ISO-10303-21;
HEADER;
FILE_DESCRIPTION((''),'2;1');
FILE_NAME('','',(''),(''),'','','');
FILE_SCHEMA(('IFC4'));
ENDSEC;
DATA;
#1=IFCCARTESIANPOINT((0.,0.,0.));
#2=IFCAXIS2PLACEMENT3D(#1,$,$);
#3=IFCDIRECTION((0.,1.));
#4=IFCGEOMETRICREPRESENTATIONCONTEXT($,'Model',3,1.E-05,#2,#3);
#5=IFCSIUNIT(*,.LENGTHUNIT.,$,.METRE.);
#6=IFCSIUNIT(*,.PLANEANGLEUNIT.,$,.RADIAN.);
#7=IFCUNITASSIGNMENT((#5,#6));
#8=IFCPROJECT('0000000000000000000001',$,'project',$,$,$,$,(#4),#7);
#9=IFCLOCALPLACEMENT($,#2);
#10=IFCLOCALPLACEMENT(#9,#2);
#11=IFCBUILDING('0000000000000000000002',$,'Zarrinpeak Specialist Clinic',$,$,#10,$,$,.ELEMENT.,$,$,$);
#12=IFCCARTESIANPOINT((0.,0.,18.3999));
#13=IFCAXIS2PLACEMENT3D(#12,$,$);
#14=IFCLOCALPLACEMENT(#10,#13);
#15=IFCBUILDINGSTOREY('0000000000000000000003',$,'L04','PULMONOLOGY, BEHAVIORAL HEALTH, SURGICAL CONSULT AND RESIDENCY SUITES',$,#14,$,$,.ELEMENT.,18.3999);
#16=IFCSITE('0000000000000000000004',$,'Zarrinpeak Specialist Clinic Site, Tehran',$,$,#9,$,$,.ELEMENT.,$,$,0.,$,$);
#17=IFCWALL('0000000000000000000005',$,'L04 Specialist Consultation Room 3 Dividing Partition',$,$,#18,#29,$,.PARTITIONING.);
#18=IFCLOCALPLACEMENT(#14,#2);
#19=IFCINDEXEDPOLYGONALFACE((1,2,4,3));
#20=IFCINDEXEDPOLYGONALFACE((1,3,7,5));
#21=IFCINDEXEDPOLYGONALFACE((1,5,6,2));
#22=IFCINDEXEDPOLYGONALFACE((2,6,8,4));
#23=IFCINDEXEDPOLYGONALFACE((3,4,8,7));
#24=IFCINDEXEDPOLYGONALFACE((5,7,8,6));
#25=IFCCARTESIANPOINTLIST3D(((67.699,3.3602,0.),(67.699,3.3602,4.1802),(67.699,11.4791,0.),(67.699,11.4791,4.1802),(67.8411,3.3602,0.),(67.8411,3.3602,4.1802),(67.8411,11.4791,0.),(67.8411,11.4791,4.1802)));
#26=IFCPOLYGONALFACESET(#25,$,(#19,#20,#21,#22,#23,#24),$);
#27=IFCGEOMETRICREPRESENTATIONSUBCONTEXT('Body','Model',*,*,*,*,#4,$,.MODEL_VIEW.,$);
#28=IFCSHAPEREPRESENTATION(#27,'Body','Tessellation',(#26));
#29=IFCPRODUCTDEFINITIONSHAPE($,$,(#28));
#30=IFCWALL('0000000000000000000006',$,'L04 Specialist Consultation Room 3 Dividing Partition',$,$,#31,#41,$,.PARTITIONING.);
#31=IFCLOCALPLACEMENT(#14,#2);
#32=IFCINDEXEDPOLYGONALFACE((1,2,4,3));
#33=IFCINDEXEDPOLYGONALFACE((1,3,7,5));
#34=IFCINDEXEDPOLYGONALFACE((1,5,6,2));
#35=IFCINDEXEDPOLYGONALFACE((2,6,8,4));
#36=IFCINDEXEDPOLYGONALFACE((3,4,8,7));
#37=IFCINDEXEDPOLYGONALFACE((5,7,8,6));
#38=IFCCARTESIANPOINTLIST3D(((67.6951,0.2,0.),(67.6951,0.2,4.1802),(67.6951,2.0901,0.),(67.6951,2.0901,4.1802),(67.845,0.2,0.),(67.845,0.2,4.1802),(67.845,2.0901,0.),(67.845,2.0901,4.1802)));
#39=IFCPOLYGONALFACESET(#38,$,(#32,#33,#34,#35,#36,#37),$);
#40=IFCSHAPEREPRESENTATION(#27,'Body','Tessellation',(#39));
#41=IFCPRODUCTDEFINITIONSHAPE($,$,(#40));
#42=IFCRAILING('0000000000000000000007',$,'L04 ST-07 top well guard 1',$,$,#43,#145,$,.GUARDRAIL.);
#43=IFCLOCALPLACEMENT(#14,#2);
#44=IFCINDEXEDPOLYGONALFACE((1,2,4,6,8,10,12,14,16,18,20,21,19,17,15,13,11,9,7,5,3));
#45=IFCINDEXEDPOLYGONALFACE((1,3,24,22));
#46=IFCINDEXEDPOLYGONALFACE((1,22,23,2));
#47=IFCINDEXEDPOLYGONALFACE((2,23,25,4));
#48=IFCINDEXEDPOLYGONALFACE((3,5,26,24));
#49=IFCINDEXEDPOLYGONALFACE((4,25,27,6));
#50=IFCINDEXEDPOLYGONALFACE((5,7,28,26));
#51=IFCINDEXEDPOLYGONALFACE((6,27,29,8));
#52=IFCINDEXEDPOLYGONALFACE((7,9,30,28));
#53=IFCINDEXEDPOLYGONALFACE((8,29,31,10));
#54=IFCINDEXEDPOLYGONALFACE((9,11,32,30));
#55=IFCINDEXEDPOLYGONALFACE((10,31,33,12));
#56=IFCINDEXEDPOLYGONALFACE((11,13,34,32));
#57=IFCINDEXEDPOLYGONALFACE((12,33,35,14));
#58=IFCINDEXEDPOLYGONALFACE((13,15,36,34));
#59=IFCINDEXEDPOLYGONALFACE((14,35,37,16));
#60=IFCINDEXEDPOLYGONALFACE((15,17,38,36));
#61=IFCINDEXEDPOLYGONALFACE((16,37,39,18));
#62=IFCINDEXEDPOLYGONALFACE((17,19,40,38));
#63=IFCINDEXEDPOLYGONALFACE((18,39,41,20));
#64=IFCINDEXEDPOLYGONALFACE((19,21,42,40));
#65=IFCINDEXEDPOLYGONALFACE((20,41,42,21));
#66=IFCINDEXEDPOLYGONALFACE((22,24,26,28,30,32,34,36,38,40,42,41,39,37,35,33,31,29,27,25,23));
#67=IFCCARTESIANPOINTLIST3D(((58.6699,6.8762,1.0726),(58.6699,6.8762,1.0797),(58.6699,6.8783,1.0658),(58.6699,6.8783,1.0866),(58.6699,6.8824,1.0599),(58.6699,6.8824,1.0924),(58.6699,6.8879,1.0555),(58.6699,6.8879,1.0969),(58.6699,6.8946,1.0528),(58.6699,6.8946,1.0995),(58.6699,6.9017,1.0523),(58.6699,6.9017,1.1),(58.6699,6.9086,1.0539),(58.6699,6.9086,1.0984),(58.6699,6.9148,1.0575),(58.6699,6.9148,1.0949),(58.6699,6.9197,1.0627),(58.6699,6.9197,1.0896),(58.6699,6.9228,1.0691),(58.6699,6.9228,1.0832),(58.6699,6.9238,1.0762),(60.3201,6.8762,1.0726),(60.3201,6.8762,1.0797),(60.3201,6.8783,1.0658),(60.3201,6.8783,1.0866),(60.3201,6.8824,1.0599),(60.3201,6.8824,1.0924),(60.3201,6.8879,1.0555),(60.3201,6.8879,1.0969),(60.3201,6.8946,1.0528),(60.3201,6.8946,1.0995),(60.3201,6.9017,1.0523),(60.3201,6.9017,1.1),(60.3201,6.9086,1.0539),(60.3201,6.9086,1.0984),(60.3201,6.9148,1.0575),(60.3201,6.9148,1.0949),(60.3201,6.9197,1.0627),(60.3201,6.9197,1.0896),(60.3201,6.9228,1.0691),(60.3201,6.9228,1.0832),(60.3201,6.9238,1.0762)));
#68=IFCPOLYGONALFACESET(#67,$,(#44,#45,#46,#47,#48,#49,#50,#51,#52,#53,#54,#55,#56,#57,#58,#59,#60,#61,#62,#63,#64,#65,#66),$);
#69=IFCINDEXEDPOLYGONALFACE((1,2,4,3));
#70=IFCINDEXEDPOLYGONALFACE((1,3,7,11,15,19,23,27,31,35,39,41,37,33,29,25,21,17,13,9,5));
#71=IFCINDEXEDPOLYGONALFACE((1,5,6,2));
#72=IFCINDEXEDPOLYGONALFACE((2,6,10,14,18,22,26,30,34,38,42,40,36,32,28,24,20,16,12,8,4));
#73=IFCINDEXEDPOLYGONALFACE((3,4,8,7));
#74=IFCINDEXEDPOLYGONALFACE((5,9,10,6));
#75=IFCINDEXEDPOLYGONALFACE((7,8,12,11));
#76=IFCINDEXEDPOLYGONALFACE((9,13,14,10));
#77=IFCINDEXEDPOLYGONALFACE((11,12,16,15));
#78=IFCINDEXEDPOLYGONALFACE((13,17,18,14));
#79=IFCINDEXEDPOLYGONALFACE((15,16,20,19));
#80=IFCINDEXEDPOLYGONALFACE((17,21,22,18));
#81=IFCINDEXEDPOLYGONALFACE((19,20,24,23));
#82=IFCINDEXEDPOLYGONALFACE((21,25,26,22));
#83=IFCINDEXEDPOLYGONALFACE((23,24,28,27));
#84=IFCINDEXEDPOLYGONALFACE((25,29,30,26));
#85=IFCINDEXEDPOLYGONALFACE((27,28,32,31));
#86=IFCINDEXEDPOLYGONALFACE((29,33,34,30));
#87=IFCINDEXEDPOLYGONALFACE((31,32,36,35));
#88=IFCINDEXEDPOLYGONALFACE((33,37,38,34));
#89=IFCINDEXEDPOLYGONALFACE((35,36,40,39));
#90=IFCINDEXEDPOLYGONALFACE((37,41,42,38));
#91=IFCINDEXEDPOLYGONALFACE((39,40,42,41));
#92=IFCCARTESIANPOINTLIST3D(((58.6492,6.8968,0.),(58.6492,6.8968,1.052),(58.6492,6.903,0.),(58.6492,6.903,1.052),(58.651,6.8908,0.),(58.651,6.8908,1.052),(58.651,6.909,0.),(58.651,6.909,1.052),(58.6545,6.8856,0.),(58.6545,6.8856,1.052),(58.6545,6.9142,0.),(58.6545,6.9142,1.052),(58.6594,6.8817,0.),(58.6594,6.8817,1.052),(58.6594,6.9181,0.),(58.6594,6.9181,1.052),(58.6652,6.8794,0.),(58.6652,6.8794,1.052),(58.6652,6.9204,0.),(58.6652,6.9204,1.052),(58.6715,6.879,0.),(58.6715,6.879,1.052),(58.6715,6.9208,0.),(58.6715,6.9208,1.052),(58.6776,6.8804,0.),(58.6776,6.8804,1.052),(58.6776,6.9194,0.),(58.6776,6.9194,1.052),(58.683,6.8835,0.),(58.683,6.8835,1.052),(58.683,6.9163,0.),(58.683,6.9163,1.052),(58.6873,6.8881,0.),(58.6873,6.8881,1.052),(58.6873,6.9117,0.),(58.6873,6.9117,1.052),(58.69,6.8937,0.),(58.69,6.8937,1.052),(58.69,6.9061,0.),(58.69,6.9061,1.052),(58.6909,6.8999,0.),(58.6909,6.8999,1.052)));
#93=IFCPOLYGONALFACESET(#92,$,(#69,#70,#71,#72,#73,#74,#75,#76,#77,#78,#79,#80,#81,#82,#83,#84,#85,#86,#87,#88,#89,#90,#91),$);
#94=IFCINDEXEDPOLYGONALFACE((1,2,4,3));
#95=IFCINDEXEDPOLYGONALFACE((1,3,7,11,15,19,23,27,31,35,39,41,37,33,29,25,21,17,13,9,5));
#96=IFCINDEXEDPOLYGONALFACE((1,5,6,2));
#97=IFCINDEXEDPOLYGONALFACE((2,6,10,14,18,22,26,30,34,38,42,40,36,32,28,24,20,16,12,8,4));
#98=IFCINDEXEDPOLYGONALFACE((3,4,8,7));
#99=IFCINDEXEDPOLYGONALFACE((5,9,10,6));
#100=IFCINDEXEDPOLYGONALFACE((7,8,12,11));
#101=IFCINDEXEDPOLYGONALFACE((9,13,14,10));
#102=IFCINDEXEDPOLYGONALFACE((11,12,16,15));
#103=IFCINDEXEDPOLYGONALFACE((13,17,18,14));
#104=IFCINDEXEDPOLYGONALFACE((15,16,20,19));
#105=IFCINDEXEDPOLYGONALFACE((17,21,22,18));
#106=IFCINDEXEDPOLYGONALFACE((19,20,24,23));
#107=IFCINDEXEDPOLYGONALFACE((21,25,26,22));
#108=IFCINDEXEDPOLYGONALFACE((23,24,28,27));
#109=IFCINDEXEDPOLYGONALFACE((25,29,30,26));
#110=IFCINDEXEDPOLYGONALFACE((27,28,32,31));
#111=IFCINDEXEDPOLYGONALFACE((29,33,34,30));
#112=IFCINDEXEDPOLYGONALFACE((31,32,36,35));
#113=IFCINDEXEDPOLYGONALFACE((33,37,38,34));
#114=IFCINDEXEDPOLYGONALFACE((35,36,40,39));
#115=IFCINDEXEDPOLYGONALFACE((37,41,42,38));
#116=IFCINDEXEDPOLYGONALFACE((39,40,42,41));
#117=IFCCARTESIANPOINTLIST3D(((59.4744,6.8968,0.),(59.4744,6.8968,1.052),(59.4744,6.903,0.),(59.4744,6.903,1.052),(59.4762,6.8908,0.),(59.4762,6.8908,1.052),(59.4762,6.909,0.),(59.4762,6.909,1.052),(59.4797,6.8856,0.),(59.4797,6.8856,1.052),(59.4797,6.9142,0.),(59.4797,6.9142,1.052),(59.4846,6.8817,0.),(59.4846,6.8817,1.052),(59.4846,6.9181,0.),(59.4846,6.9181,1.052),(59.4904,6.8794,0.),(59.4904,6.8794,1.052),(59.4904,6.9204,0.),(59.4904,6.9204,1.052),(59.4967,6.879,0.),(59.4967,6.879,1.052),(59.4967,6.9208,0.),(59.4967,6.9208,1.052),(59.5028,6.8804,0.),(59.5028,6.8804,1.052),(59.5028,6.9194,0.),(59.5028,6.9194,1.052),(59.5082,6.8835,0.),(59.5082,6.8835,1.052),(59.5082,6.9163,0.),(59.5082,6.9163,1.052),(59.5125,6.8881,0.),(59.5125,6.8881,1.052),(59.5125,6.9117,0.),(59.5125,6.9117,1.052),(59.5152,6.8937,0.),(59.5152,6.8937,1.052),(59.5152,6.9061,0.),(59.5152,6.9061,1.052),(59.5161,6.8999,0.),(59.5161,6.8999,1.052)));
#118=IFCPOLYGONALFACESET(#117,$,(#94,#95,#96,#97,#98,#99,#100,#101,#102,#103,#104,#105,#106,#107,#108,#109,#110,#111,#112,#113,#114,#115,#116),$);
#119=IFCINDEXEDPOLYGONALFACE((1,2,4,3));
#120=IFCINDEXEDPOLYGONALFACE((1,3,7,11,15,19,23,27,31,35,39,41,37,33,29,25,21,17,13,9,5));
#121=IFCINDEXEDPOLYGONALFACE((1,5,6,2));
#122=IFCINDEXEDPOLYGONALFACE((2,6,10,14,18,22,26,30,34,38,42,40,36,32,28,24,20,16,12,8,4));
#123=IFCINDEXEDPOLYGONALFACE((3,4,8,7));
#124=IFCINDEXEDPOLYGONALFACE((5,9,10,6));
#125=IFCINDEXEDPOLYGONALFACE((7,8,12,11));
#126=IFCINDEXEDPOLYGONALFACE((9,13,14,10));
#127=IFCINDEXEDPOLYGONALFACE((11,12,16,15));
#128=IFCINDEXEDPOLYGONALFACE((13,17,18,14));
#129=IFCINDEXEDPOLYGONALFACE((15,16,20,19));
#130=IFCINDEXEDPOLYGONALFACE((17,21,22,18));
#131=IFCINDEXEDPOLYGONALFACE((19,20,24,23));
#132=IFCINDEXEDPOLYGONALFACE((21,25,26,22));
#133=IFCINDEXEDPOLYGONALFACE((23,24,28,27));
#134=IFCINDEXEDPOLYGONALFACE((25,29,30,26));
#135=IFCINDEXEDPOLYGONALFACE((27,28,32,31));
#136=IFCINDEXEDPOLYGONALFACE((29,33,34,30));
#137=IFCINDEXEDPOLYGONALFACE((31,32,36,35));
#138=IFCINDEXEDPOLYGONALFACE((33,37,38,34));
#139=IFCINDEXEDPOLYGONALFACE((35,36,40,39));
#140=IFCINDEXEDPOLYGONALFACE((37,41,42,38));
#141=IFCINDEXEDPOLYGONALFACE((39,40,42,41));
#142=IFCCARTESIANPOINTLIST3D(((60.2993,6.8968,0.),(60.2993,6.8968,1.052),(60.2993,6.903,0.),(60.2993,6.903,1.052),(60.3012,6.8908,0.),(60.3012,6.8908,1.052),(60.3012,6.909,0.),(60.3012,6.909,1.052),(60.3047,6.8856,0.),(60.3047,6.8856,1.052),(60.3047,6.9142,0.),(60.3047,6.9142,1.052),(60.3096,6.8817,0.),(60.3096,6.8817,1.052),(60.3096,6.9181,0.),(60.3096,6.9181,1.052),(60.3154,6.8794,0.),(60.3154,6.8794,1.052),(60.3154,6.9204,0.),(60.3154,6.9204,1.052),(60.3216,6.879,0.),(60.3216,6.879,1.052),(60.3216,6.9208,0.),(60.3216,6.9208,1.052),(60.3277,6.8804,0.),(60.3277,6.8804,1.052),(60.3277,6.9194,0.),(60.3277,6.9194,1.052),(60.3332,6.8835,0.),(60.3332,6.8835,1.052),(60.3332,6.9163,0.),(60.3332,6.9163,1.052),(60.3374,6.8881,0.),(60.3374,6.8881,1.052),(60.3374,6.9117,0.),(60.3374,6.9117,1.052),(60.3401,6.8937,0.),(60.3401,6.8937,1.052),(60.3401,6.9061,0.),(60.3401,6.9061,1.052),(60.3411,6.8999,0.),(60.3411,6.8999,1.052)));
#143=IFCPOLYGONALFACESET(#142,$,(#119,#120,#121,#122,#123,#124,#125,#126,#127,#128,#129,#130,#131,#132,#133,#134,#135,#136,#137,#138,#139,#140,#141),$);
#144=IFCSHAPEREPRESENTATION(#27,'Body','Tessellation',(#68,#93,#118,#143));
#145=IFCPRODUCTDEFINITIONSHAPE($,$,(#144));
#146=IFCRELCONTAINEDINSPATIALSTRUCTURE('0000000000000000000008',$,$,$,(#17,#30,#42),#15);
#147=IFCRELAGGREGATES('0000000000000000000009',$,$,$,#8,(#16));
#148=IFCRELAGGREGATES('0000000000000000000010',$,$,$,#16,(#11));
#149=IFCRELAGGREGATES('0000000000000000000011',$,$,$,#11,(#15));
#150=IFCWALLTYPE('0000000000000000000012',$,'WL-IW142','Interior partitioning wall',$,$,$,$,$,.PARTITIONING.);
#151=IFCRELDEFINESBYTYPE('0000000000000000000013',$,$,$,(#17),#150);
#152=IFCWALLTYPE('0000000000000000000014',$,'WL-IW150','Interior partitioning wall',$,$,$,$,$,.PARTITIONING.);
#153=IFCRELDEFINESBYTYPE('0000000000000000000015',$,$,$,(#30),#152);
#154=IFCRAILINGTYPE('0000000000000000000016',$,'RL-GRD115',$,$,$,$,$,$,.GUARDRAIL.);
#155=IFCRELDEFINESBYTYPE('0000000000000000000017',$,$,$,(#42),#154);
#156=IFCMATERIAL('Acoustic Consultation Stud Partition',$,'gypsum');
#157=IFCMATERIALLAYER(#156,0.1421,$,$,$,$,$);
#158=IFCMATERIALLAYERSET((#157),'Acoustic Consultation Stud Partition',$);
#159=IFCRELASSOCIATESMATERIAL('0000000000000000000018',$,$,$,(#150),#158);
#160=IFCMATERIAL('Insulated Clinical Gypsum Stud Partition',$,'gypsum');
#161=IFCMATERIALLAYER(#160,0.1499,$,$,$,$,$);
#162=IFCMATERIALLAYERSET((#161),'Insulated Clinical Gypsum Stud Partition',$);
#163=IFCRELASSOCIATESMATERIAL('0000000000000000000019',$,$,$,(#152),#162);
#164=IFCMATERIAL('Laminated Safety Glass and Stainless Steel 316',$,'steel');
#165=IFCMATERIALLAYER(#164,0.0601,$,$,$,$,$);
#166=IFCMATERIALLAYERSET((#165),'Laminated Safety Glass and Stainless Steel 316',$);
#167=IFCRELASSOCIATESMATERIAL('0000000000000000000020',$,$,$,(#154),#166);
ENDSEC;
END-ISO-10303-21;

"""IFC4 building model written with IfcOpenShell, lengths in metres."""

from ifc_helpers import new_model, si_unit, direction, frame, frame_2d, origin, origin_2d, place, context, subcontext, project, spatial, rectangle, circle, extrude, material, layer, layer_set, type_object, element, save


model = new_model("IFC4")

# Units and contexts
model_context = context("Model", 3, precision=1e-05, world=origin(), true_north=direction((0.0, 1.0)))
body_context = subcontext(model_context, "Body", "Model", "MODEL_VIEW")
ifc_project = project(units=[si_unit("LENGTHUNIT", "METRE"), si_unit("PLANEANGLEUNIT", "RADIAN")], contexts=[model_context])

# Site, building, storey
site_placement = place(None, origin())
site = spatial("IfcSite", under=ifc_project, at=site_placement, Name="Zarrinpeak Specialist Clinic Site, Tehran", CompositionType="ELEMENT", RefElevation=0.0)
building_placement = place(site_placement, origin())
building = spatial("IfcBuilding", under=site, at=building_placement, Name="Zarrinpeak Specialist Clinic", CompositionType="ELEMENT")
storey_placement = place(building_placement, frame((0.0, 0.0, 18.3999)))
storey = spatial("IfcBuildingStorey", under=building, at=storey_placement, Name="L04", Description="PULMONOLOGY, BEHAVIORAL HEALTH, SURGICAL CONSULT AND RESIDENCY SUITES", CompositionType="ELEMENT", Elevation=18.3999)

# Walls
ifc_material_1 = material(Name="Acoustic Consultation Stud Partition", Category="gypsum")
ifc_layer_1 = layer(ifc_material_1, 0.1421)
ifc_layer_set_1 = layer_set([ifc_layer_1], Name="Acoustic Consultation Stud Partition")
wall_type_1 = type_object("IfcWallType", Name="WL-IW142", Description="Interior partitioning wall", PredefinedType="PARTITIONING", material=ifc_layer_set_1)
wall_1_placement = place(storey_placement, frame((67.77, 3.3601, 0.0), z_axis=(0.0, 0.0, 1.0), x_axis=(0.0, 1.0, 0.0)))
element("IfcWall", 1, at=wall_1_placement, inside=storey, type_object=wall_type_1, Name="L04 Specialist Consultation Room 3 Dividing Partition", PredefinedType="PARTITIONING", context=body_context, shape_type="SweptSolid", body=[
    extrude(rectangle(XDim=8.1189, YDim=0.1421, at=frame_2d((4.0596, 0.0))), origin(), (0.0, 0.0, 1.0), 4.1802),
])
ifc_material_2 = material(Name="Insulated Clinical Gypsum Stud Partition", Category="gypsum")
ifc_layer_2 = layer(ifc_material_2, 0.1499)
ifc_layer_set_2 = layer_set([ifc_layer_2], Name="Insulated Clinical Gypsum Stud Partition")
wall_type_2 = type_object("IfcWallType", Name="WL-IW150", Description="Interior partitioning wall", PredefinedType="PARTITIONING", material=ifc_layer_set_2)
wall_2_placement = place(storey_placement, frame((67.77, 0.2, 0.0), z_axis=(0.0, 0.0, 1.0), x_axis=(0.0, 1.0, 0.0)))
element("IfcWall", 2, at=wall_2_placement, inside=storey, type_object=wall_type_2, Name="L04 Specialist Consultation Room 3 Dividing Partition", PredefinedType="PARTITIONING", context=body_context, shape_type="SweptSolid", body=[
    extrude(rectangle(XDim=1.8901, YDim=0.1499, at=frame_2d((0.9451, 0.0))), origin(), (0.0, 0.0, 1.0), 4.1802),
])

# Railing
ifc_material_3 = material(Name="Laminated Safety Glass and Stainless Steel 316", Category="steel")
ifc_layer_3 = layer(ifc_material_3, 0.0601)
ifc_layer_set_3 = layer_set([ifc_layer_3], Name="Laminated Safety Glass and Stainless Steel 316")
railing_type = type_object("IfcRailingType", Name="RL-GRD115", PredefinedType="GUARDRAIL", material=ifc_layer_set_3)
railing_placement = place(storey_placement, frame((58.6699, 6.8999, 0.0)))
element("IfcRailing", 3, at=railing_placement, inside=storey, type_object=railing_type, Name="L04 ST-07 top well guard 1", PredefinedType="GUARDRAIL", context=body_context, shape_type="SweptSolid", body=[
    extrude(circle(Radius=0.0239, at=origin_2d()), frame((0.0, 0.0, 1.0762), z_axis=(1.0, 0.0, 0.0), x_axis=(0.0, 1.0, 0.0)), (0.0, 0.0, 1.0), 1.6501),
    extrude(circle(Radius=0.021, at=origin_2d()), origin(), (0.0, 0.0, 1.0), 1.052),
    extrude(circle(Radius=0.021, at=origin_2d()), frame((0.8252, 0.0, 0.0)), (0.0, 0.0, 1.0), 1.052),
    extrude(circle(Radius=0.021, at=origin_2d()), frame((1.6501, 0.0, 0.0)), (0.0, 0.0, 1.0), 1.052),
])

save(model, "model.ifc")
